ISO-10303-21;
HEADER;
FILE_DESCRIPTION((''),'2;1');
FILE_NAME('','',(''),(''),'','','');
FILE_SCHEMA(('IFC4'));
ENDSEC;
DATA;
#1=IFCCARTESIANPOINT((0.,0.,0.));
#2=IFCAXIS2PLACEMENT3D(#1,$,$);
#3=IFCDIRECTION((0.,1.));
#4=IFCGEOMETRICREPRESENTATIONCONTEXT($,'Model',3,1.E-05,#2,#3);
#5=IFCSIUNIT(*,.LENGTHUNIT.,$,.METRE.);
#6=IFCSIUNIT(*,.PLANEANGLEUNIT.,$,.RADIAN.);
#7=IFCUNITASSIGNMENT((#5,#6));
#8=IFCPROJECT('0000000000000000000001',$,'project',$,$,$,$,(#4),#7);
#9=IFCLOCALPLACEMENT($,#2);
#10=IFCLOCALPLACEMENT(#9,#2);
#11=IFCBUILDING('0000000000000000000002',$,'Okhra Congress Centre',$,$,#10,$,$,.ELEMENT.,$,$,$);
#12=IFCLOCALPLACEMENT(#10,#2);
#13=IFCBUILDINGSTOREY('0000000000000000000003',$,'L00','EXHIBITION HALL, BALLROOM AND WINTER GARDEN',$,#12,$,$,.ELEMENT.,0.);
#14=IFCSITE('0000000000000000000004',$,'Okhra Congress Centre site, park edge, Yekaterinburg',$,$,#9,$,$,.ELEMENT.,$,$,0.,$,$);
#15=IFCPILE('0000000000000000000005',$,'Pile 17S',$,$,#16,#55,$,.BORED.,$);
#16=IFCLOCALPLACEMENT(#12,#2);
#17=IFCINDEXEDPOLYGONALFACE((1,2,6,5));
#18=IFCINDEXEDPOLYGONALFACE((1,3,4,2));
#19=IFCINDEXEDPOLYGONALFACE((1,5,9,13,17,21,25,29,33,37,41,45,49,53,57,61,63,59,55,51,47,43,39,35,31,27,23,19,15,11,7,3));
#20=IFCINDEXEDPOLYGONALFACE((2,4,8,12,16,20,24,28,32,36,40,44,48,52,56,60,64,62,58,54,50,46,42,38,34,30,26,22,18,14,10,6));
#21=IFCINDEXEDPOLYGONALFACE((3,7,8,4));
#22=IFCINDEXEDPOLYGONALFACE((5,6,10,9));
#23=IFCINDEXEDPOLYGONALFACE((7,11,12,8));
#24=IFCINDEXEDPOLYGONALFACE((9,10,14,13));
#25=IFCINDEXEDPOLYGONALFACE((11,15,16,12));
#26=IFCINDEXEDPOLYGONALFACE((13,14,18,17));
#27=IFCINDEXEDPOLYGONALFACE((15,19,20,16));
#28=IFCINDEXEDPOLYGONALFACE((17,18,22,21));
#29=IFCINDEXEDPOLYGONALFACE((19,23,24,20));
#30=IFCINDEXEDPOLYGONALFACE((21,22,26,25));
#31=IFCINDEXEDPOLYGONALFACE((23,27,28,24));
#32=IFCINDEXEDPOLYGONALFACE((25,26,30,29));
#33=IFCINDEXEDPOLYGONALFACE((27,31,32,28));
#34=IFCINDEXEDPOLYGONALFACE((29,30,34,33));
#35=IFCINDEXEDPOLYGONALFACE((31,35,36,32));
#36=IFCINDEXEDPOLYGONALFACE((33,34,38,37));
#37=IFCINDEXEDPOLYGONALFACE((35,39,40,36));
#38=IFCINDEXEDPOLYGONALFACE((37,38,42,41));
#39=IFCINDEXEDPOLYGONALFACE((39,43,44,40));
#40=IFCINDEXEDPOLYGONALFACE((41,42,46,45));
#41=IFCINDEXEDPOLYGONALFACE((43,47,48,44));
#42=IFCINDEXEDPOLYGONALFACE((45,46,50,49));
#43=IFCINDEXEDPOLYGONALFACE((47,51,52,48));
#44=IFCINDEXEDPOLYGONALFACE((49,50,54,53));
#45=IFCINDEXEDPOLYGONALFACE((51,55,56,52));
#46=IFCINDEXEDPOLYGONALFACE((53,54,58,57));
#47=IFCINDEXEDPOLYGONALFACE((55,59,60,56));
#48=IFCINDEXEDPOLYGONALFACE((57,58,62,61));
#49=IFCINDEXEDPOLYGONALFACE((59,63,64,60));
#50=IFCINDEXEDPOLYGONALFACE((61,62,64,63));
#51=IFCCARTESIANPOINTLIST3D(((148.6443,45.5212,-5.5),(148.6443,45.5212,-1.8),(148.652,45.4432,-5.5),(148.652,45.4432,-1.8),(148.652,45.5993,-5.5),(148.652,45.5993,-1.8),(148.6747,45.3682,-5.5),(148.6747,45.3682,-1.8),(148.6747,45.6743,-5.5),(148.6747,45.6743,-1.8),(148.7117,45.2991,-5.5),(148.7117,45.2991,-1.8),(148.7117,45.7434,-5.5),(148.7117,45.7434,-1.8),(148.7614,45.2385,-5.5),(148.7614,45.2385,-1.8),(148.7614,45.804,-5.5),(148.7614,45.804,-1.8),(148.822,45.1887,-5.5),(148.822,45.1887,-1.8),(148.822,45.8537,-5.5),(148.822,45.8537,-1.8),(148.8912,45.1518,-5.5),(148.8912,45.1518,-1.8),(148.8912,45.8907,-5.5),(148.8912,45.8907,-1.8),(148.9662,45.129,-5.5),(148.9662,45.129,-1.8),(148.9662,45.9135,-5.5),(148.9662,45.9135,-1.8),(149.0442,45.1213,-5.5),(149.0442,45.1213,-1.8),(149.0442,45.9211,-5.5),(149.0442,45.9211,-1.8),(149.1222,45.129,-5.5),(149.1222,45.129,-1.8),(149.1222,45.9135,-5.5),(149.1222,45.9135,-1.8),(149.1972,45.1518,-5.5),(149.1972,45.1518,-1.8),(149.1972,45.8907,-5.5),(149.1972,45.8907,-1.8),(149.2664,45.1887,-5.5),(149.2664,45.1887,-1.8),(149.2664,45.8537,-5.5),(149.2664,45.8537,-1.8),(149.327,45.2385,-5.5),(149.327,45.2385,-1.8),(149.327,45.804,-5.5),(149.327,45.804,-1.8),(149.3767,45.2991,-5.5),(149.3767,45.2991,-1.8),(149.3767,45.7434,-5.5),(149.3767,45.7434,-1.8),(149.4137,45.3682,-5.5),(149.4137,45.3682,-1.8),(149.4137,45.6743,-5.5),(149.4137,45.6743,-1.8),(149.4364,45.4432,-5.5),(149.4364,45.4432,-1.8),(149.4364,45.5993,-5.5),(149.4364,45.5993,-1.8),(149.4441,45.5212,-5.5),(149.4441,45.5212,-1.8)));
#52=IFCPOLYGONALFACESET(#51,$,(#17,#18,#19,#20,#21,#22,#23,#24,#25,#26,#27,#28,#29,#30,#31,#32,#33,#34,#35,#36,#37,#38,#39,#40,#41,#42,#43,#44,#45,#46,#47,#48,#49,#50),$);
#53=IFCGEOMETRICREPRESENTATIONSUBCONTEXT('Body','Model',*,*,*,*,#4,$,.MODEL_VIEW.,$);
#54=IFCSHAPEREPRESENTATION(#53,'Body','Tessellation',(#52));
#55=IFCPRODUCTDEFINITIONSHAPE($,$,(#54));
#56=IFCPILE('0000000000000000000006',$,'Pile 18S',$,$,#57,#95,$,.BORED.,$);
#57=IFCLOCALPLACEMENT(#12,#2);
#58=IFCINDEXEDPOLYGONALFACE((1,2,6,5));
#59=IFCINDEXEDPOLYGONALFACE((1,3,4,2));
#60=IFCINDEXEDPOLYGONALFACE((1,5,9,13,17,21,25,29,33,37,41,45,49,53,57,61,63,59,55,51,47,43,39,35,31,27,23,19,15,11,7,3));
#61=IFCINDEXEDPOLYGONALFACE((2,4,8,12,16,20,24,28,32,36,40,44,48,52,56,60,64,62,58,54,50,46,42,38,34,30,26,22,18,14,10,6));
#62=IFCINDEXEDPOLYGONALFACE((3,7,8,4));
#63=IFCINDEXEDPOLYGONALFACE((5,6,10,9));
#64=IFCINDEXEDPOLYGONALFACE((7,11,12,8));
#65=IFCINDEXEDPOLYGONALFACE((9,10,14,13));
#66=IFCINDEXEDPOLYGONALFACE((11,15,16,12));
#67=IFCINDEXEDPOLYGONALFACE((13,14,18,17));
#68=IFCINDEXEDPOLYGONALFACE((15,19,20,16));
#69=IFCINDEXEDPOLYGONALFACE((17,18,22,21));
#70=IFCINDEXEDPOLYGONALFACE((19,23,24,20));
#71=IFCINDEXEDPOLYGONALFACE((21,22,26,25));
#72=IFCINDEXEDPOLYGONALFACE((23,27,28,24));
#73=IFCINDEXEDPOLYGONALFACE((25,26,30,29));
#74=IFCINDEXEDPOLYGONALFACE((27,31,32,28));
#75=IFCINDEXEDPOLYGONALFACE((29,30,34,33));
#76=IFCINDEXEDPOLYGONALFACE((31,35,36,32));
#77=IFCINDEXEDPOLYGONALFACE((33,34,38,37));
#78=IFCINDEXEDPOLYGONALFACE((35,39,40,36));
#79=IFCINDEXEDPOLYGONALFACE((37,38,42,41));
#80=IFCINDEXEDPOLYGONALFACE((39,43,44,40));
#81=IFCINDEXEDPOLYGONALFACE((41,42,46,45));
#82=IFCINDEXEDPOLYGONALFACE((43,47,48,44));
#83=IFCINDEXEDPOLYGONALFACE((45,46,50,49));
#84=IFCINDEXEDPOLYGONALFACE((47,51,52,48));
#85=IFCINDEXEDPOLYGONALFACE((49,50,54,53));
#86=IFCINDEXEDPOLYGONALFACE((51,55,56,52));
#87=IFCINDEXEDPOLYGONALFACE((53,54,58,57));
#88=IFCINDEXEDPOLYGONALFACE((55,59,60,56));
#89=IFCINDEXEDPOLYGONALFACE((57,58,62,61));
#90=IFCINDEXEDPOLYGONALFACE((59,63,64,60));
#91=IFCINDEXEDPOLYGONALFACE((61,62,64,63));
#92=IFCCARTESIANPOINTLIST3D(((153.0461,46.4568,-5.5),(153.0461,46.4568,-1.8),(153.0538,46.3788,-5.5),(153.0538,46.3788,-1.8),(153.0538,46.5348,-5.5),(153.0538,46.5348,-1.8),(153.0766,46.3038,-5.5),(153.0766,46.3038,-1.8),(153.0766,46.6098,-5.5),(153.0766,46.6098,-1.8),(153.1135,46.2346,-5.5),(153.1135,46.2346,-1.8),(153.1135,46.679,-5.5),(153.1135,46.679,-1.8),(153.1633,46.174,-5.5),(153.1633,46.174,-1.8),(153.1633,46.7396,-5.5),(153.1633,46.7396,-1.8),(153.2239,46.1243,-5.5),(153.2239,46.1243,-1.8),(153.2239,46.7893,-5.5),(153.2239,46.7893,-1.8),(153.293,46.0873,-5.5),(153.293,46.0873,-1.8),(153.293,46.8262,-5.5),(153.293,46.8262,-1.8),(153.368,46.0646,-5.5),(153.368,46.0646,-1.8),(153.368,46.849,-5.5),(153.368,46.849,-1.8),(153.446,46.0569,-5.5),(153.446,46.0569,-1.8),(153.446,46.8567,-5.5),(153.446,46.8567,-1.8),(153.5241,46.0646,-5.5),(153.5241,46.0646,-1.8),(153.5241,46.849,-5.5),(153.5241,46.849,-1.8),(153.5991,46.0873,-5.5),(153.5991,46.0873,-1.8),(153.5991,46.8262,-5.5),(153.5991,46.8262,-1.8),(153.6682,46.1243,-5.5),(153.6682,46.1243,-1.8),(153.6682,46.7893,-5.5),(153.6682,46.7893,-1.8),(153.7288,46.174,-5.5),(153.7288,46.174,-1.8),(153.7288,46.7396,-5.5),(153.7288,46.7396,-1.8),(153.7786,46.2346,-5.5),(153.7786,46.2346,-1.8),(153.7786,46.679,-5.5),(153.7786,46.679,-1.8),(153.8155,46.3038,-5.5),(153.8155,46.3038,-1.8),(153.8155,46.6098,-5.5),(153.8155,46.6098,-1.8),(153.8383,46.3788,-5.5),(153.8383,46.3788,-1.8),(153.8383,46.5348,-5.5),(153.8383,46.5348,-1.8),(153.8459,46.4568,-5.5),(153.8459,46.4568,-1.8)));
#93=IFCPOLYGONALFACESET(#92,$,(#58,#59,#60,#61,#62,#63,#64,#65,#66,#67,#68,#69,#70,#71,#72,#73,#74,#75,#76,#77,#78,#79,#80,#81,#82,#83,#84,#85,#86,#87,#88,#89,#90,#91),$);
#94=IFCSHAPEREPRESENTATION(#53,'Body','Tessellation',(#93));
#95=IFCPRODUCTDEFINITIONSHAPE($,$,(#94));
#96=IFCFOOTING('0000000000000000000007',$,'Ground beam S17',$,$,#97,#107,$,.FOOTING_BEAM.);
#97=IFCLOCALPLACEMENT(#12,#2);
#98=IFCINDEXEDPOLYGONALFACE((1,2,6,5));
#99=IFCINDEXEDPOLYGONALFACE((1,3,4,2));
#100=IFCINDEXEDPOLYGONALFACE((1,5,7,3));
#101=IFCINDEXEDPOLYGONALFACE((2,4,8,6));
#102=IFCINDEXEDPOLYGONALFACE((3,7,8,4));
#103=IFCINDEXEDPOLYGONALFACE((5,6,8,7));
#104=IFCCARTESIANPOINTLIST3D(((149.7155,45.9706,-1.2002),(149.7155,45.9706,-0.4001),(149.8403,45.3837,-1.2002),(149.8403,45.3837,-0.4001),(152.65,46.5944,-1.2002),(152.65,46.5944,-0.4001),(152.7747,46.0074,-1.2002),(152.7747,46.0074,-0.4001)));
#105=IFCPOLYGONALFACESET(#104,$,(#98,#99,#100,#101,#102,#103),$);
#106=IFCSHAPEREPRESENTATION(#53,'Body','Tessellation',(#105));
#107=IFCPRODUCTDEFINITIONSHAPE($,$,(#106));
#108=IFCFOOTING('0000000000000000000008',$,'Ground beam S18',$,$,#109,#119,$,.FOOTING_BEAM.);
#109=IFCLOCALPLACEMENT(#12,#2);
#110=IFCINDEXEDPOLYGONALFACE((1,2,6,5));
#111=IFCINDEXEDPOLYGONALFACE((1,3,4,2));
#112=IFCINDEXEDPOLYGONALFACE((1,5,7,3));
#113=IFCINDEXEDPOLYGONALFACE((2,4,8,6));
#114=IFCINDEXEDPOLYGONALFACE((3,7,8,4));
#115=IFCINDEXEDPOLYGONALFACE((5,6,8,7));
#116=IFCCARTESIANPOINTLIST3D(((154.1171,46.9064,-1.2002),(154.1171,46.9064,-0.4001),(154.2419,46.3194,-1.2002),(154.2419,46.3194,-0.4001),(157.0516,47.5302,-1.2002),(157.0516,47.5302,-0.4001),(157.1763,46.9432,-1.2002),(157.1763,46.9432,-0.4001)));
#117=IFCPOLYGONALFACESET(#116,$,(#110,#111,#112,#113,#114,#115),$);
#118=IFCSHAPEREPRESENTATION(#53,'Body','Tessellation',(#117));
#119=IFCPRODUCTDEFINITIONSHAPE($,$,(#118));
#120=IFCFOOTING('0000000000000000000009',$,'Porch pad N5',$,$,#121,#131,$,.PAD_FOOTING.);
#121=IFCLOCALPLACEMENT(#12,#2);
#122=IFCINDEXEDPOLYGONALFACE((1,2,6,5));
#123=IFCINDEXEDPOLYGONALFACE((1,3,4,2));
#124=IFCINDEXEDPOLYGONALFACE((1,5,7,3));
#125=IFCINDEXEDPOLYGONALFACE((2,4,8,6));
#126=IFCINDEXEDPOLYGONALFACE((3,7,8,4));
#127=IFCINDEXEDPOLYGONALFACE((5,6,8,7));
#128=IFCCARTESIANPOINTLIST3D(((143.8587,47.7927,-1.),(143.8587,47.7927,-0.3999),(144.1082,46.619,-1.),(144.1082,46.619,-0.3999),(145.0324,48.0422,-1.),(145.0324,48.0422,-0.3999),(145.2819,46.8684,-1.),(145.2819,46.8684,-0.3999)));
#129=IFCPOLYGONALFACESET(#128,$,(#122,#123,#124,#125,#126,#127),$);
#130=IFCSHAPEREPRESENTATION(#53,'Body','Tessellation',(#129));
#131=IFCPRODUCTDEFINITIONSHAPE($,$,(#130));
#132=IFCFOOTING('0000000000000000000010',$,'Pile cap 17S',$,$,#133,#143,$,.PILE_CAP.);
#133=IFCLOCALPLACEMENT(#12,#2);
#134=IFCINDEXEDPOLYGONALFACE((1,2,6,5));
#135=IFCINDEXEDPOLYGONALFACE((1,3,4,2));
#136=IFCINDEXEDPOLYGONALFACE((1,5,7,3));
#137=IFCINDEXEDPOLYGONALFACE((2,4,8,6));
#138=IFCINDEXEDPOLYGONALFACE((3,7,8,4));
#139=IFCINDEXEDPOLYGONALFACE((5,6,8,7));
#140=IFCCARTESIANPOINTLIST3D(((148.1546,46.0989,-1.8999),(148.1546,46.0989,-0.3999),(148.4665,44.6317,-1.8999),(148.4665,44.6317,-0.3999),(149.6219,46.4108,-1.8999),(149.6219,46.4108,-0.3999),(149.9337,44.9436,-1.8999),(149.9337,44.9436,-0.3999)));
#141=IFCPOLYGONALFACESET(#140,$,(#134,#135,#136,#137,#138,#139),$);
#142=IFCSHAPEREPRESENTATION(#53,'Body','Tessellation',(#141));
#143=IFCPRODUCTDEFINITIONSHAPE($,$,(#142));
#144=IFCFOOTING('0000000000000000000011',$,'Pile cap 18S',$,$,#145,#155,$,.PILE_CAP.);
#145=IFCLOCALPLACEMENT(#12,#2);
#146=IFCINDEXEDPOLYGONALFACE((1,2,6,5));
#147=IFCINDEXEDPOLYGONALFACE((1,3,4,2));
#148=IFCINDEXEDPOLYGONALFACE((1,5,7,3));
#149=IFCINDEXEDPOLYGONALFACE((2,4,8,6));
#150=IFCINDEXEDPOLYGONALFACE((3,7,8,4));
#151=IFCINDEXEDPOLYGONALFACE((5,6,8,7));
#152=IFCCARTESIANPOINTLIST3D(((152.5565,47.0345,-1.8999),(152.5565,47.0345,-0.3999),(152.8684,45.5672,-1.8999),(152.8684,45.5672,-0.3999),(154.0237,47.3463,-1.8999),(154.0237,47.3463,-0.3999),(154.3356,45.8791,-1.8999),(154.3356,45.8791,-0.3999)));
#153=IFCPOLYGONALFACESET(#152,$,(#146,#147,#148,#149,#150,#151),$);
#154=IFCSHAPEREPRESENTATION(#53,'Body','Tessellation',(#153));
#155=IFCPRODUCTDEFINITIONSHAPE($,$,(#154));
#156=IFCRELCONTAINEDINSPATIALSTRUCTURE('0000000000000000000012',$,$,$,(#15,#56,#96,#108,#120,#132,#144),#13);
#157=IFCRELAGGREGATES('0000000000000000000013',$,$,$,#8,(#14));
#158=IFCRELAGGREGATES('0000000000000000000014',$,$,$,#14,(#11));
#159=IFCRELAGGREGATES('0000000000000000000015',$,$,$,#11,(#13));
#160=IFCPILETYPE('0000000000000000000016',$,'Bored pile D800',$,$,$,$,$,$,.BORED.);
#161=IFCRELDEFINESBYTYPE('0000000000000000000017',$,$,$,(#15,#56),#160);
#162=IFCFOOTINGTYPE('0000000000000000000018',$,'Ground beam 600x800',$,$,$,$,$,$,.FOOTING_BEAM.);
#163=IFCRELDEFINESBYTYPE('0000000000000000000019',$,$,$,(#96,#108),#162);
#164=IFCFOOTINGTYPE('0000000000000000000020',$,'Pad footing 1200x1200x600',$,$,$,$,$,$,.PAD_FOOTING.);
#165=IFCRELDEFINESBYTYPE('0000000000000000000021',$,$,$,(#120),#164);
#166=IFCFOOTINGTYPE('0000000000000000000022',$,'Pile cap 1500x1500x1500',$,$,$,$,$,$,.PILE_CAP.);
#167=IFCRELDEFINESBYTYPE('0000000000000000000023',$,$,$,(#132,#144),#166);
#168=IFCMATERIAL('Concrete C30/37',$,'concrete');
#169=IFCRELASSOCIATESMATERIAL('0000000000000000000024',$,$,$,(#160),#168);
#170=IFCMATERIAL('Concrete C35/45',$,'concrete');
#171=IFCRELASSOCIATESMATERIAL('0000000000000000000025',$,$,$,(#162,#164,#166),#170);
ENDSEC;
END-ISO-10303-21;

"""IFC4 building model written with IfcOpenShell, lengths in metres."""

from ifc_helpers import new_model, si_unit, direction, frame, origin, origin_2d, place, context, subcontext, project, spatial, rectangle, circle, extrude, material, material_profile, profile_set, type_object, element, save


model = new_model("IFC4")

# Units and contexts
model_context = context("Model", 3, precision=1e-05, world=origin(), true_north=direction((0.0, 1.0)))
body_context = subcontext(model_context, "Body", "Model", "MODEL_VIEW")
ifc_project = project(units=[si_unit("LENGTHUNIT", "METRE"), si_unit("PLANEANGLEUNIT", "RADIAN")], contexts=[model_context])

# Site, building, storey
site_placement = place(None, origin())
site = spatial("IfcSite", under=ifc_project, at=site_placement, Name="Okhra Congress Centre site, park edge, Yekaterinburg", CompositionType="ELEMENT", RefElevation=0.0)
building_placement = place(site_placement, origin())
building = spatial("IfcBuilding", under=site, at=building_placement, Name="Okhra Congress Centre", CompositionType="ELEMENT")
storey_placement = place(building_placement, origin())
storey = spatial("IfcBuildingStorey", under=building, at=storey_placement, Name="L00", Description="EXHIBITION HALL, BALLROOM AND WINTER GARDEN", CompositionType="ELEMENT", Elevation=0.0)

# Piles
ifc_material_1 = material(Name="Concrete C30/37", Category="concrete")
ifc_material_profile_1 = material_profile(ifc_material_1, circle(Radius=0.3999, at=origin_2d()), Name="D800")
ifc_profile_set_1 = profile_set([ifc_material_profile_1], Name="Concrete C30/37")
pile_type = type_object("IfcPileType", Name="Bored pile D800", PredefinedType="BORED", material=ifc_profile_set_1)
for number, where, z_axis, x_axis, name in (
    (1, (149.0442, 45.5212, -1.8), (0.0, 0.0, -1.0), (1.0, 0.0, 0.0), "Pile 17S"),
    (2, (153.446, 46.4568, -1.8), (0.0, 0.0, -1.0), (1.0, 0.0, 0.0), "Pile 18S"),
):
    element("IfcPile", number, at=place(storey_placement, frame(where, z_axis=z_axis, x_axis=x_axis)), inside=storey, type_object=pile_type, Name=name, PredefinedType="BORED", context=body_context, shape_type="SweptSolid", body=[
        extrude(circle(Radius=0.3999, at=origin_2d()), origin(), (0.0, 0.0, 1.0), 3.7),
    ])

# Footings
ifc_material_2 = material(Name="Concrete C35/45", Category="concrete")
footing_type_1 = type_object("IfcFootingType", Name="Ground beam 600x800", PredefinedType="FOOTING_BEAM", material=ifc_material_2)
for number, where, z_axis, x_axis, name in (
    (3, (151.2451, 45.989, -1.2002), (0.0, 0.0, 1.0), (0.978148, 0.207912, 0.0), "Ground beam S17"),
    (4, (155.6467, 46.9248, -1.2002), (0.0, 0.0, 1.0), (0.978148, 0.207912, 0.0), "Ground beam S18"),
):
    element("IfcFooting", number, at=place(storey_placement, frame(where, z_axis=z_axis, x_axis=x_axis)), inside=storey, type_object=footing_type_1, Name=name, PredefinedType="FOOTING_BEAM", context=body_context, shape_type="SweptSolid", body=[
        extrude(rectangle(XDim=3.0, YDim=0.6001, at=origin_2d()), origin(), (0.0, 0.0, 1.0), 0.8),
    ])
footing_type_2 = type_object("IfcFootingType", Name="Pad footing 1200x1200x600", PredefinedType="PAD_FOOTING", material=ifc_material_2)
footing_placement = place(storey_placement, frame((144.5703, 47.3306, -1.0), z_axis=(0.0, 0.0, 1.0), x_axis=(0.978148, 0.207912, 0.0)))
element("IfcFooting", 5, at=footing_placement, inside=storey, type_object=footing_type_2, Name="Porch pad N5", PredefinedType="PAD_FOOTING", context=body_context, shape_type="SweptSolid", body=[
    extrude(rectangle(XDim=1.2, YDim=1.2, at=origin_2d()), origin(), (0.0, 0.0, 1.0), 0.6001),
])
footing_type_3 = type_object("IfcFootingType", Name="Pile cap 1500x1500x1500", PredefinedType="PILE_CAP", material=ifc_material_2)
for number, where, z_axis, x_axis, name in (
    (6, (149.0442, 45.5212, -1.8999), (0.0, 0.0, 1.0), (0.978148, 0.207912, 0.0), "Pile cap 17S"),
    (7, (153.446, 46.4568, -1.8999), (0.0, 0.0, 1.0), (0.978148, 0.207912, 0.0), "Pile cap 18S"),
):
    element("IfcFooting", number, at=place(storey_placement, frame(where, z_axis=z_axis, x_axis=x_axis)), inside=storey, type_object=footing_type_3, Name=name, PredefinedType="PILE_CAP", context=body_context, shape_type="SweptSolid", body=[
        extrude(rectangle(XDim=1.5, YDim=1.5, at=origin_2d()), origin(), (0.0, 0.0, 1.0), 1.5),
    ])

save(model, "model.ifc")
